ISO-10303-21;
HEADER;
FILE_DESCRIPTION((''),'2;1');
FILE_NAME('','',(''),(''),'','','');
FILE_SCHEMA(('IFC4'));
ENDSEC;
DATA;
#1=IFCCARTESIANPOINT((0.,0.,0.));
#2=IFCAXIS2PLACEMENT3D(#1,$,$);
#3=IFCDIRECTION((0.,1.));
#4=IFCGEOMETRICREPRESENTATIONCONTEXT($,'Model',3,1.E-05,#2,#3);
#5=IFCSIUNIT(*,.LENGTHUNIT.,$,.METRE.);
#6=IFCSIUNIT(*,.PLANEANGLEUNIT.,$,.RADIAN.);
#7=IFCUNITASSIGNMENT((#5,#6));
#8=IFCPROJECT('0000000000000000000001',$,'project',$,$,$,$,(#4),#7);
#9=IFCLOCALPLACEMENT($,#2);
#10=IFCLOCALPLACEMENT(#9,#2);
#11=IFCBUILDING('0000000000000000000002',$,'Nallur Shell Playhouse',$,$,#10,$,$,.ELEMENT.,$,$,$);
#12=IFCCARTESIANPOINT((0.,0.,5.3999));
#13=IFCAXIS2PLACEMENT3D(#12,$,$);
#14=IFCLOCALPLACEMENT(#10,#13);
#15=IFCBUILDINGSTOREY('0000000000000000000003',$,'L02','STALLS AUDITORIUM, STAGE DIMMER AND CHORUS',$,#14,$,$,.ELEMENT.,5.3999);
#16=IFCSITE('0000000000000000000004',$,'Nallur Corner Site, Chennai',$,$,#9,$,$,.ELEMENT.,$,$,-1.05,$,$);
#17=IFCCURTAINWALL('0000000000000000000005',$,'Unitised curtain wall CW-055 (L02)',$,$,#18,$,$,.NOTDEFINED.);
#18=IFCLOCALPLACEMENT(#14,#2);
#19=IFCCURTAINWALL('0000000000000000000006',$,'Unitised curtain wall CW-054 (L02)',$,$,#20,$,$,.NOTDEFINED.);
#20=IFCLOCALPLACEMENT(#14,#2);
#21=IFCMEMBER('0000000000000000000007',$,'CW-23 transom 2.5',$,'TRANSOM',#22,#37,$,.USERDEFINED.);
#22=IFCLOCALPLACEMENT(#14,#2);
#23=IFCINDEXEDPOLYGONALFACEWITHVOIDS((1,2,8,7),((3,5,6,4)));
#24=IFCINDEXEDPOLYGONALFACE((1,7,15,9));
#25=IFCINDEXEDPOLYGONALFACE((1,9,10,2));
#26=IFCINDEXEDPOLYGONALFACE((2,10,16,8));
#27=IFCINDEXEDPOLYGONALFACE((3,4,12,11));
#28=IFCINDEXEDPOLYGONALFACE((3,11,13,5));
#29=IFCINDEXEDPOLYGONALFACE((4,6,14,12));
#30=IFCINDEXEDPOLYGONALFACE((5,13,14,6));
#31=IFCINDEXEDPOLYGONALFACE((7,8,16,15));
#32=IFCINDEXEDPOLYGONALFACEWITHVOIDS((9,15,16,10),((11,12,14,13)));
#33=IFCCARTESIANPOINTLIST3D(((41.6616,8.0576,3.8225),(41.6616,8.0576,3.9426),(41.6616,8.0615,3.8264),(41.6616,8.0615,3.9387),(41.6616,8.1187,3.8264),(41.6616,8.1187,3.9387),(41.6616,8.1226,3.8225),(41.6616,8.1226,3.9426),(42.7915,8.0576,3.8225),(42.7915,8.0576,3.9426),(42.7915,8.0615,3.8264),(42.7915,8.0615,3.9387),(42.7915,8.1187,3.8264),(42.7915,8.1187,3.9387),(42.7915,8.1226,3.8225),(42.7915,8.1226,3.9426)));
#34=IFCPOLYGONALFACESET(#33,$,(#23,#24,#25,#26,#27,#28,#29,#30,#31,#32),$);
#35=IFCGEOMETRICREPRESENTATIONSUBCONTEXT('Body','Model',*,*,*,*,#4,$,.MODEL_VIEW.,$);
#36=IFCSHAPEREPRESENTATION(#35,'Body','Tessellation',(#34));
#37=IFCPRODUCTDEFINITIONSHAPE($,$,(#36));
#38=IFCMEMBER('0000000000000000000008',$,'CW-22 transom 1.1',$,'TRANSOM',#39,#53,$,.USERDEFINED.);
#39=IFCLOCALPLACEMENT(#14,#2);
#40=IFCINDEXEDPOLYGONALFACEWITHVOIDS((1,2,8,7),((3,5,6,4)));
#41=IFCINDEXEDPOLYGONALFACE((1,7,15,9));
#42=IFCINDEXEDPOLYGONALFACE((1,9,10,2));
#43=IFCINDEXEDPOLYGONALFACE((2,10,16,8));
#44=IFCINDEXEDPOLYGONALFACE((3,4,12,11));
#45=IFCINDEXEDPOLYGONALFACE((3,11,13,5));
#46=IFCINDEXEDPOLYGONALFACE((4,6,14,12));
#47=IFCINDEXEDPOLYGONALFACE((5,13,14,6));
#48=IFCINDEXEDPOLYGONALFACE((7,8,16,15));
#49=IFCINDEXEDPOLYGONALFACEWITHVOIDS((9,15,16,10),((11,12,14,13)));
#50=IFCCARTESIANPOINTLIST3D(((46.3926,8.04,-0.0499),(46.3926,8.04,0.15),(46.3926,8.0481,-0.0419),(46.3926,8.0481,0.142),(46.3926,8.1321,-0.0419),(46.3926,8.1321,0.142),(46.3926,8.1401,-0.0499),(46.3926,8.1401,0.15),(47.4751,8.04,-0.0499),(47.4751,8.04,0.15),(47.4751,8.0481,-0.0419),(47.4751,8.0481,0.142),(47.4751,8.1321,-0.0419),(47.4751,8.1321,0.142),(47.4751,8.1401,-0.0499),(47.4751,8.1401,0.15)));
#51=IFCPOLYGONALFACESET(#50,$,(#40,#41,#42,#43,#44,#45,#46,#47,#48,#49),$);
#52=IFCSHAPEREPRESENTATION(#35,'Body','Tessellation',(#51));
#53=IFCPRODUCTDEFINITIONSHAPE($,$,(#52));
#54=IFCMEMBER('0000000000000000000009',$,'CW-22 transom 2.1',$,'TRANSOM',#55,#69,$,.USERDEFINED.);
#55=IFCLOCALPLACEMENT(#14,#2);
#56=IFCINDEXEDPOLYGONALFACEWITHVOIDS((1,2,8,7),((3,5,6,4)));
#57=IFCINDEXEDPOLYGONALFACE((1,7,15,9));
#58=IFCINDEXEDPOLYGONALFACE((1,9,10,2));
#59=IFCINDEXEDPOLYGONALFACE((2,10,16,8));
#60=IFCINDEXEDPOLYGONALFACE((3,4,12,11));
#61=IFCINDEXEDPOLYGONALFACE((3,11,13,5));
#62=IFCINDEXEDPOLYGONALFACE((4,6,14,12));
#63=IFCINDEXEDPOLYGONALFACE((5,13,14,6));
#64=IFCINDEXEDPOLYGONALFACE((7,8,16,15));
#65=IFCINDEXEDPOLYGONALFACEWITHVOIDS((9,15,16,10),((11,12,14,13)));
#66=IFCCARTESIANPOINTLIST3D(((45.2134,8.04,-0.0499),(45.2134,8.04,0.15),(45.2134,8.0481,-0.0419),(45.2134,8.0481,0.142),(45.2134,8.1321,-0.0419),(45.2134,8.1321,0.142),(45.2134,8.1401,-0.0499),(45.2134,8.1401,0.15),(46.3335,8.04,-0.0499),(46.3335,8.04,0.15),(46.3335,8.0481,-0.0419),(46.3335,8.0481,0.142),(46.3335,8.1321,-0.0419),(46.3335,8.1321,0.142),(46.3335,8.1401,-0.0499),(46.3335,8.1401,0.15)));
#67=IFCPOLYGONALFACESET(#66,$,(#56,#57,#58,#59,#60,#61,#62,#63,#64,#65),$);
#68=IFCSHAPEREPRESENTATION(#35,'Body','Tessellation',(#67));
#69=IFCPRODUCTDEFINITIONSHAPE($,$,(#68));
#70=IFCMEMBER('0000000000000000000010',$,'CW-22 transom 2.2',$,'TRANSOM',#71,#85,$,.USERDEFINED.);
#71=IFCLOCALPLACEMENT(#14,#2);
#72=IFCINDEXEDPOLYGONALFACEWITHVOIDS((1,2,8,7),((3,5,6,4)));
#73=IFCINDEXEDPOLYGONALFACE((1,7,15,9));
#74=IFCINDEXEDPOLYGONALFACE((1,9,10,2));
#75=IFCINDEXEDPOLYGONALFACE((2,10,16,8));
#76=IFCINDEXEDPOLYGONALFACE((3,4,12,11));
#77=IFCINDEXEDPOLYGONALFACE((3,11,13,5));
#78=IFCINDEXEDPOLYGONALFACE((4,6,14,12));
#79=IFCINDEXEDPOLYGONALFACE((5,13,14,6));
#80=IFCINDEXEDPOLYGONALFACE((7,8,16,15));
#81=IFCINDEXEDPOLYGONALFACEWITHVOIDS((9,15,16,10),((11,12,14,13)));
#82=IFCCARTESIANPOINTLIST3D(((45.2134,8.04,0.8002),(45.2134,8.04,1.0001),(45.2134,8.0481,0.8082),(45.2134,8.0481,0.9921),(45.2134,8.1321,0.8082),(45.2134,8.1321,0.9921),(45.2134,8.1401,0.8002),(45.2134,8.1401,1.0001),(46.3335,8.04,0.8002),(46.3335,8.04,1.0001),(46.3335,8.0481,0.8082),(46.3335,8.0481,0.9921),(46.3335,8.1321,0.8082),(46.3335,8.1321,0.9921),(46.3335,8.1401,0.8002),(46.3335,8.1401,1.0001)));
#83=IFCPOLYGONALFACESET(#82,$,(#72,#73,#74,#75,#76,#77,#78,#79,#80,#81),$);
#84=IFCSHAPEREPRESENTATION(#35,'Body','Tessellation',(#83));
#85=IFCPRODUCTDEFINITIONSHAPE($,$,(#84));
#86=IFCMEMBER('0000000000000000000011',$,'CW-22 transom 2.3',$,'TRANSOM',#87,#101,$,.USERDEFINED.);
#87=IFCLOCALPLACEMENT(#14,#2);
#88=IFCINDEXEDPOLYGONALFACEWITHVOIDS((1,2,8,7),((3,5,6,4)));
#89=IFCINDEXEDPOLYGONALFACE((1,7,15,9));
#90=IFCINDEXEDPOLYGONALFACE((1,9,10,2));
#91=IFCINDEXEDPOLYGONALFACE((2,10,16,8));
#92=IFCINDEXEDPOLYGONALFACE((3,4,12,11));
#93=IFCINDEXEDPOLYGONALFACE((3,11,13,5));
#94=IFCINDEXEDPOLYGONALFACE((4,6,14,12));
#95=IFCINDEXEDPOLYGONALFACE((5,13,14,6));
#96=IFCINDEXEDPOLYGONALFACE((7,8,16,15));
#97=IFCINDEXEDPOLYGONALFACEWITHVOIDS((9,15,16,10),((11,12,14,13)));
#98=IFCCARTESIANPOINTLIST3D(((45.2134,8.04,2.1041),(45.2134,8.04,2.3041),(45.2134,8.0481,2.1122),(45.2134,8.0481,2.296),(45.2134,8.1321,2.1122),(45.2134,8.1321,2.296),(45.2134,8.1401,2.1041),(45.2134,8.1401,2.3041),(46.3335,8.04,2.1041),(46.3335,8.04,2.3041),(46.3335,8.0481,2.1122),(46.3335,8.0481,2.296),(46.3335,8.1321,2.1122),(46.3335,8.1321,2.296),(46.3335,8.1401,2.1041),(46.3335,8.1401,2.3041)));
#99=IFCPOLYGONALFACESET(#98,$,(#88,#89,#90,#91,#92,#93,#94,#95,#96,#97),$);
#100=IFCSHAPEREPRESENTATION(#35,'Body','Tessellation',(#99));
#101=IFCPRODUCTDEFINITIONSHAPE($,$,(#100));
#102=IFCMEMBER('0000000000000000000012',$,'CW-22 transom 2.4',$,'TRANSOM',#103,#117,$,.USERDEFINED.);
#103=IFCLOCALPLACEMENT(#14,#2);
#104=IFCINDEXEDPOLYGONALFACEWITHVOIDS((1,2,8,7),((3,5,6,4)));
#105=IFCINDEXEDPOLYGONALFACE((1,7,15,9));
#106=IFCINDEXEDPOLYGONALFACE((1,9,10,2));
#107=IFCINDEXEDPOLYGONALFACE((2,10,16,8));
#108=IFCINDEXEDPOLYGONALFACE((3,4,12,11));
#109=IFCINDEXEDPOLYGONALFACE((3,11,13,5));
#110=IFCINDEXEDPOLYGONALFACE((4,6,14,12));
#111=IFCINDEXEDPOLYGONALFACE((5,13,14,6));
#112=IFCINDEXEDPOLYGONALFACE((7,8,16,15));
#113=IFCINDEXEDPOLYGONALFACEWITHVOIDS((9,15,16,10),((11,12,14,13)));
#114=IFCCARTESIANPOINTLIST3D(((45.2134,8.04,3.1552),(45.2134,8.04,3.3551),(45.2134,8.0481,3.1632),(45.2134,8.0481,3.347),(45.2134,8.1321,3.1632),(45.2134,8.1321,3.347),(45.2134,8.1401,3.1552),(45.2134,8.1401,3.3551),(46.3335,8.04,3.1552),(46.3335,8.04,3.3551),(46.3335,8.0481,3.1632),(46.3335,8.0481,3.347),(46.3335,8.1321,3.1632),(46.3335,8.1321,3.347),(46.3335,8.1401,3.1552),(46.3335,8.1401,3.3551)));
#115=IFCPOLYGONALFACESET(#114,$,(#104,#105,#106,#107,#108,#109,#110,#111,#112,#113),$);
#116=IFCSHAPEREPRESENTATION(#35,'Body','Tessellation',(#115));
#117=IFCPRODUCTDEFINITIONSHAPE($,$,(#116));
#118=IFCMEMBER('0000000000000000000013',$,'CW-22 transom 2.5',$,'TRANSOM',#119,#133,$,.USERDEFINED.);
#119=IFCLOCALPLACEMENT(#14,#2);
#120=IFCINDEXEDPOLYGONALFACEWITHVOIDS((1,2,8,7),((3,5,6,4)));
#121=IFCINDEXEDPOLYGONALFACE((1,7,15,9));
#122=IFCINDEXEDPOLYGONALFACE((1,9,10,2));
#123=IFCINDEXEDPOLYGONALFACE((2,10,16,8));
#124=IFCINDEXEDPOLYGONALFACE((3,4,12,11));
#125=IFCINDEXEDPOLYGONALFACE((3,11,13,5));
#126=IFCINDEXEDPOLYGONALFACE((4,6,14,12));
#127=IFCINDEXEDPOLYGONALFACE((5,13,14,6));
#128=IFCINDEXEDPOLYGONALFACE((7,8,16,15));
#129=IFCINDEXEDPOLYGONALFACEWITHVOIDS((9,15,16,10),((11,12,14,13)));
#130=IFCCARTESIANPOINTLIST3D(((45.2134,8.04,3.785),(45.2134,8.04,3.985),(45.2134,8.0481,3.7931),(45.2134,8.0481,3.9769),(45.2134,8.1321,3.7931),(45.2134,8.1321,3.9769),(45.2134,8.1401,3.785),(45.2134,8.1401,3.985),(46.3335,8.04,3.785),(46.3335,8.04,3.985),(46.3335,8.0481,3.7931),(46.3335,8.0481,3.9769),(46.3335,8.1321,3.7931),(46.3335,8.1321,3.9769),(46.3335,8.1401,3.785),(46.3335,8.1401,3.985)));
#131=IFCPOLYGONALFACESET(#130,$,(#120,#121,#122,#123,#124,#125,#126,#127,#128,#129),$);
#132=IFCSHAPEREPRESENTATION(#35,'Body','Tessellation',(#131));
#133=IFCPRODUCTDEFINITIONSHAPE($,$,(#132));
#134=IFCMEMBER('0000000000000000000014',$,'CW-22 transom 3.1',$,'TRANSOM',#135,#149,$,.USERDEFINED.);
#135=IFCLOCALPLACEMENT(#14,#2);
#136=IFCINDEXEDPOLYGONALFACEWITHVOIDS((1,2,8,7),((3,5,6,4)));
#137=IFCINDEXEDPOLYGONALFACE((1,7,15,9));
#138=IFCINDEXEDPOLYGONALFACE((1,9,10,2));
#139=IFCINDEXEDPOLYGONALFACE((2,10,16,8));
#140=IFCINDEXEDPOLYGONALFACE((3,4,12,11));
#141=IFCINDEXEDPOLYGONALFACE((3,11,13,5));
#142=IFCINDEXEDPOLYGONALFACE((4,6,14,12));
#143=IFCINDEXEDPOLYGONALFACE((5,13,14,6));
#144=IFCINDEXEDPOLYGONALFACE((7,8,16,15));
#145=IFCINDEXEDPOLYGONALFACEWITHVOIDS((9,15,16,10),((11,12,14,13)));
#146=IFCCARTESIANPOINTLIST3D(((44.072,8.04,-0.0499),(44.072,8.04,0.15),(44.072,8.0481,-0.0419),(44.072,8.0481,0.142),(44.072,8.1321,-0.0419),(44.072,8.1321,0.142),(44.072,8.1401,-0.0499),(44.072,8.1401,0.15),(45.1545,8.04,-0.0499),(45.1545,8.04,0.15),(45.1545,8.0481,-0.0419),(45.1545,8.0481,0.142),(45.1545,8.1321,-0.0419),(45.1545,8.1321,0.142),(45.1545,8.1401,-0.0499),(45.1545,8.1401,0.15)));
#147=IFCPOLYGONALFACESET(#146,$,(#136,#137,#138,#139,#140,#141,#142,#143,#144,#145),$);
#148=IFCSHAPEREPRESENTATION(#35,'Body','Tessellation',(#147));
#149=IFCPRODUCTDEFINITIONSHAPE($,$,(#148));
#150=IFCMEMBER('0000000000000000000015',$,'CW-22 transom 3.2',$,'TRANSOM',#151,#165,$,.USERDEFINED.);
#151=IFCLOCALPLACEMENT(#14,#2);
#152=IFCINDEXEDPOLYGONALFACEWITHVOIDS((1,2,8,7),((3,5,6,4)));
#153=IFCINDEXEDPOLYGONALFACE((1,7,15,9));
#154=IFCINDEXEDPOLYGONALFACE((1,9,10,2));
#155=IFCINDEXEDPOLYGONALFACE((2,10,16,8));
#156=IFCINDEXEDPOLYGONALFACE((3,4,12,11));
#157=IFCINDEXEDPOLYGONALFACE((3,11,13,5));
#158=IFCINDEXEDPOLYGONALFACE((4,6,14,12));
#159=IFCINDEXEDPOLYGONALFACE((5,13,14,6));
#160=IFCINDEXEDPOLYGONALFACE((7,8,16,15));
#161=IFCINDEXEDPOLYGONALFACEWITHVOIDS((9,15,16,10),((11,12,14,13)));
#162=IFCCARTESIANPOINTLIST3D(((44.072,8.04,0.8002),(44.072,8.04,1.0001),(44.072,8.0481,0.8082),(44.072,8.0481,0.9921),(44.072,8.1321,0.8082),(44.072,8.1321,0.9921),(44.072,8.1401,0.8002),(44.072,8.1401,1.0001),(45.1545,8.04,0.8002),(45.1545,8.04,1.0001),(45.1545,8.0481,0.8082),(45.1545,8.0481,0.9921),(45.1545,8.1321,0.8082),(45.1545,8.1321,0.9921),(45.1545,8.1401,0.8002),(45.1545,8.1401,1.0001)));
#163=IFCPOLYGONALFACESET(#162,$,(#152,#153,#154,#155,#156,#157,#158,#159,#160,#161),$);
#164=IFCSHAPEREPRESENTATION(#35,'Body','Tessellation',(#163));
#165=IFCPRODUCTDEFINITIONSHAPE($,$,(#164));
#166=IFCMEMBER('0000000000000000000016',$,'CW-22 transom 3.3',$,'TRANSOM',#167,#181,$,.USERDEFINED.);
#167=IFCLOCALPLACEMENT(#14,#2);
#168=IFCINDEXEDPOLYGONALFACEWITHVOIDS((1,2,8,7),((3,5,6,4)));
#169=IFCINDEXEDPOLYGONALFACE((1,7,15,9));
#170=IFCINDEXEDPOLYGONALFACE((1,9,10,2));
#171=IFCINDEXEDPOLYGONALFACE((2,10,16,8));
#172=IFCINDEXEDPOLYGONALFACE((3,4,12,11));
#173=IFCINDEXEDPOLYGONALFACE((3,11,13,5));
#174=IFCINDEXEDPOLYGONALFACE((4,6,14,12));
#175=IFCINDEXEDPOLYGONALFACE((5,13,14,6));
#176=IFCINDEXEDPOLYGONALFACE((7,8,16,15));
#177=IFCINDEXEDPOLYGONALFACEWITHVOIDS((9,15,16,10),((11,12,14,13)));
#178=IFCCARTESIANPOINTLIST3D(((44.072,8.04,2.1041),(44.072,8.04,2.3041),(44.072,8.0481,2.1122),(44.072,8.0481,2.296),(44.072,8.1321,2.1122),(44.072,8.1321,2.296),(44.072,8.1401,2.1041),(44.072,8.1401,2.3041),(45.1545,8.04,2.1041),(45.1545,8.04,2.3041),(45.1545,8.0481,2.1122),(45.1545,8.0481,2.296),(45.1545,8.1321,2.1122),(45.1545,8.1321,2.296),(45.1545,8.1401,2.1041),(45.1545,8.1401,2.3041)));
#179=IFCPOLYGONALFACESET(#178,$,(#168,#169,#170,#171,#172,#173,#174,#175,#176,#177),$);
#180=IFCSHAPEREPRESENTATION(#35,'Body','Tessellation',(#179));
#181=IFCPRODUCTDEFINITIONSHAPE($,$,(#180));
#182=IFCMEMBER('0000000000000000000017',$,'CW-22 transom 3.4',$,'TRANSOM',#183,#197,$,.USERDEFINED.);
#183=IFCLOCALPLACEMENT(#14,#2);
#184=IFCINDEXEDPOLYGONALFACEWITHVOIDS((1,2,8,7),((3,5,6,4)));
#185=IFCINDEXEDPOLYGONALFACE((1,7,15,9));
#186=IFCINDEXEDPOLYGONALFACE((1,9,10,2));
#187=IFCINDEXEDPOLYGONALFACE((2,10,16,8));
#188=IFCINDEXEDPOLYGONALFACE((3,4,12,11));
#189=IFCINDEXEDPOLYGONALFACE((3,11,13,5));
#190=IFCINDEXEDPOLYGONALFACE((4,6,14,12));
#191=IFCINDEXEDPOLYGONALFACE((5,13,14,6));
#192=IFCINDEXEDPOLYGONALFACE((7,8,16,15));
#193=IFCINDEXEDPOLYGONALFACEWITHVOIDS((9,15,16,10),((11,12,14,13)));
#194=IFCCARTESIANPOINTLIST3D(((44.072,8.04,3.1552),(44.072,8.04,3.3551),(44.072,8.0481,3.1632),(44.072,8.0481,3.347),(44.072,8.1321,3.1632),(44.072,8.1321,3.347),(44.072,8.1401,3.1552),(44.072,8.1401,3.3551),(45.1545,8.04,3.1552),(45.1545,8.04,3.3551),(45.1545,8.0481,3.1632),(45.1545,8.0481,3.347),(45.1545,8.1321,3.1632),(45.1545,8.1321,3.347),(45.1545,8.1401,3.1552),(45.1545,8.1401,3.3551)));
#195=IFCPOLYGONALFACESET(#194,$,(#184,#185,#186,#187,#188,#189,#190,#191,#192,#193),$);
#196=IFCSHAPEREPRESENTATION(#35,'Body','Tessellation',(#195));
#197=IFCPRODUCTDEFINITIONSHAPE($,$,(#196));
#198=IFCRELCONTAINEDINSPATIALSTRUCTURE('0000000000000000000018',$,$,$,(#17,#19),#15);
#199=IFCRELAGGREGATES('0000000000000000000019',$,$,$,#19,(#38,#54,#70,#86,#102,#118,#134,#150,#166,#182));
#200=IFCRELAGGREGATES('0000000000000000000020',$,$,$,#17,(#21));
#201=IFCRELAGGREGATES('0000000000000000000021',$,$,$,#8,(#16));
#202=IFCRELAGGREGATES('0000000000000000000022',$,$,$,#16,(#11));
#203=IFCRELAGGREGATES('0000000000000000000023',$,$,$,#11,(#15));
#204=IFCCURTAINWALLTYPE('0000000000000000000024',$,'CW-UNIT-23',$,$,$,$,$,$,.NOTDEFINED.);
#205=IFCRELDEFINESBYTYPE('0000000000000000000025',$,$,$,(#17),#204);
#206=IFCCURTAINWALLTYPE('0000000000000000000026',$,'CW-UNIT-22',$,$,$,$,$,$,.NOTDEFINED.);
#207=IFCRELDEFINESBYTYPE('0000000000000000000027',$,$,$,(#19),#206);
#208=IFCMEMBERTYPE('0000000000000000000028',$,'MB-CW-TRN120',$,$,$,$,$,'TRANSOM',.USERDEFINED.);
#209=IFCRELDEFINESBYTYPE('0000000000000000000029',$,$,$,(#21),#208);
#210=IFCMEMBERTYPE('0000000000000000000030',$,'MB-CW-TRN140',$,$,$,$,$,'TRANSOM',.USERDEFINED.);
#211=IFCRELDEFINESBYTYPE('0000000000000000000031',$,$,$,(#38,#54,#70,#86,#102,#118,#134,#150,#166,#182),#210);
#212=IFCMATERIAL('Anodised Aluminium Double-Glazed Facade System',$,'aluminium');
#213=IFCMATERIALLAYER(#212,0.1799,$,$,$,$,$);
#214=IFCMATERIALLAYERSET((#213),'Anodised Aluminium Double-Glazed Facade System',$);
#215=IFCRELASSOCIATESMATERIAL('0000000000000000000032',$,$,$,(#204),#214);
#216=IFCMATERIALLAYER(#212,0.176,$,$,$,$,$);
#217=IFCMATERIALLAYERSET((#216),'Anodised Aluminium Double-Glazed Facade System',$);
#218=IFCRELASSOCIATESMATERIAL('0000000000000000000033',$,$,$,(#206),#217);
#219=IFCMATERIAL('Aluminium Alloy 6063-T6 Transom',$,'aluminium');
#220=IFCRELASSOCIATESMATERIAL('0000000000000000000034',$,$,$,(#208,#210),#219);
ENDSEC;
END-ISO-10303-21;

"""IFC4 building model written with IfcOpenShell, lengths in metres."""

from ifc_helpers import new_model, si_unit, direction, frame, origin, origin_2d, place, context, subcontext, project, spatial, hollow_rectangle, extrude, material, layer, layer_set, material_profile, profile_set, type_object, element, aggregate, save


model = new_model("IFC4")

# Units and contexts
model_context = context("Model", 3, precision=1e-05, world=origin(), true_north=direction((0.0, 1.0)))
body_context = subcontext(model_context, "Body", "Model", "MODEL_VIEW")
ifc_project = project(units=[si_unit("LENGTHUNIT", "METRE"), si_unit("PLANEANGLEUNIT", "RADIAN")], contexts=[model_context])

# Site, building, storey
site_placement = place(None, origin())
site = spatial("IfcSite", under=ifc_project, at=site_placement, Name="Nallur Corner Site, Chennai", CompositionType="ELEMENT", RefElevation=-1.05)
building_placement = place(site_placement, origin())
building = spatial("IfcBuilding", under=site, at=building_placement, Name="Nallur Shell Playhouse", CompositionType="ELEMENT")
storey_placement = place(building_placement, frame((0.0, 0.0, 5.3999)))
storey = spatial("IfcBuildingStorey", under=building, at=storey_placement, Name="L02", Description="STALLS AUDITORIUM, STAGE DIMMER AND CHORUS", CompositionType="ELEMENT", Elevation=5.3999)

# Curtain walls
ifc_material_1 = material(Name="Anodised Aluminium Double-Glazed Facade System", Category="aluminium")
ifc_layer_1 = layer(ifc_material_1, 0.1799)
ifc_layer_set_1 = layer_set([ifc_layer_1], Name="Anodised Aluminium Double-Glazed Facade System")
curtain_wall_type_1 = type_object("IfcCurtainWallType", Name="CW-UNIT-23", PredefinedType="NOTDEFINED", material=ifc_layer_set_1)
curtain_wall_1_placement = place(storey_placement, origin())
curtain_wall_1 = element("IfcCurtainWall", 1, at=curtain_wall_1_placement, inside=storey, type_object=curtain_wall_type_1, Name="Unitised curtain wall CW-055 (L02)", PredefinedType="NOTDEFINED")
ifc_layer_2 = layer(ifc_material_1, 0.176)
ifc_layer_set_2 = layer_set([ifc_layer_2], Name="Anodised Aluminium Double-Glazed Facade System")
curtain_wall_type_2 = type_object("IfcCurtainWallType", Name="CW-UNIT-22", PredefinedType="NOTDEFINED", material=ifc_layer_set_2)
curtain_wall_2_placement = place(storey_placement, origin())
curtain_wall_2 = element("IfcCurtainWall", 2, at=curtain_wall_2_placement, inside=storey, type_object=curtain_wall_type_2, Name="Unitised curtain wall CW-054 (L02)", PredefinedType="NOTDEFINED")

# Members
ifc_material_2 = material(Name="Aluminium Alloy 6063-T6 Transom", Category="aluminium")
ifc_material_profile_1 = material_profile(ifc_material_2, hollow_rectangle(XDim=0.0649, YDim=0.1201, WallThickness=0.0039, at=origin_2d()), Name="ALU 65x120x4")
ifc_profile_set_1 = profile_set([ifc_material_profile_1], Name="Aluminium Alloy 6063-T6 Transom")
member_type_1 = type_object("IfcMemberType", Name="MB-CW-TRN120", ElementType="TRANSOM", PredefinedType="USERDEFINED", material=ifc_profile_set_1)
member_1_placement = place(storey_placement, frame((42.7915, 8.0901, 3.8826), z_axis=(-1.0, 0.0, 0.0), x_axis=(0.0, -1.0, 0.0)))
member_1 = element("IfcMember", 3, at=member_1_placement, type_object=member_type_1, Name="CW-23 transom 2.5", ObjectType="TRANSOM", PredefinedType="USERDEFINED", context=body_context, shape_type="SweptSolid", body=[
    extrude(hollow_rectangle(XDim=0.0649, YDim=0.1201, WallThickness=0.0039, at=origin_2d()), origin(), (0.0, 0.0, 1.0), 1.1299),
])
ifc_material_profile_2 = material_profile(ifc_material_2, hollow_rectangle(XDim=0.1001, YDim=0.2, WallThickness=0.0081, at=origin_2d()), Name="RHS 200x100x8")
ifc_profile_set_2 = profile_set([ifc_material_profile_2], Name="Aluminium Alloy 6063-T6 Transom")
member_type_2 = type_object("IfcMemberType", Name="MB-CW-TRN140", ElementType="TRANSOM", PredefinedType="USERDEFINED", material=ifc_profile_set_2)
member_2_placement = place(storey_placement, frame((47.4751, 8.0901, 0.05), z_axis=(-1.0, 0.0, 0.0), x_axis=(0.0, -1.0, 0.0)))
member_2 = element("IfcMember", 4, at=member_2_placement, type_object=member_type_2, Name="CW-22 transom 1.1", ObjectType="TRANSOM", PredefinedType="USERDEFINED", context=body_context, shape_type="SweptSolid", body=[
    extrude(hollow_rectangle(XDim=0.1001, YDim=0.2, WallThickness=0.0081, at=origin_2d()), origin(), (0.0, 0.0, 1.0), 1.0825),
])
member_3_placement = place(storey_placement, frame((46.3335, 8.0901, 0.05), z_axis=(-1.0, 0.0, 0.0), x_axis=(0.0, -1.0, 0.0)))
member_3 = element("IfcMember", 5, at=member_3_placement, type_object=member_type_2, Name="CW-22 transom 2.1", ObjectType="TRANSOM", PredefinedType="USERDEFINED", context=body_context, shape_type="SweptSolid", body=[
    extrude(hollow_rectangle(XDim=0.1001, YDim=0.2, WallThickness=0.0081, at=origin_2d()), origin(), (0.0, 0.0, 1.0), 1.1201),
])
member_4_placement = place(storey_placement, frame((46.3335, 8.0901, 0.9001), z_axis=(-1.0, 0.0, 0.0), x_axis=(0.0, -1.0, 0.0)))
member_4 = element("IfcMember", 6, at=member_4_placement, type_object=member_type_2, Name="CW-22 transom 2.2", ObjectType="TRANSOM", PredefinedType="USERDEFINED", context=body_context, shape_type="SweptSolid", body=[
    extrude(hollow_rectangle(XDim=0.1001, YDim=0.2, WallThickness=0.0081, at=origin_2d()), origin(), (0.0, 0.0, 1.0), 1.1201),
])
member_5_placement = place(storey_placement, frame((46.3335, 8.0901, 2.2041), z_axis=(-1.0, 0.0, 0.0), x_axis=(0.0, -1.0, 0.0)))
member_5 = element("IfcMember", 7, at=member_5_placement, type_object=member_type_2, Name="CW-22 transom 2.3", ObjectType="TRANSOM", PredefinedType="USERDEFINED", context=body_context, shape_type="SweptSolid", body=[
    extrude(hollow_rectangle(XDim=0.1001, YDim=0.2, WallThickness=0.0081, at=origin_2d()), origin(), (0.0, 0.0, 1.0), 1.1201),
])
member_6_placement = place(storey_placement, frame((46.3335, 8.0901, 3.2551), z_axis=(-1.0, 0.0, 0.0), x_axis=(0.0, -1.0, 0.0)))
member_6 = element("IfcMember", 8, at=member_6_placement, type_object=member_type_2, Name="CW-22 transom 2.4", ObjectType="TRANSOM", PredefinedType="USERDEFINED", context=body_context, shape_type="SweptSolid", body=[
    extrude(hollow_rectangle(XDim=0.1001, YDim=0.2, WallThickness=0.0081, at=origin_2d()), origin(), (0.0, 0.0, 1.0), 1.1201),
])
member_7_placement = place(storey_placement, frame((46.3335, 8.0901, 3.885), z_axis=(-1.0, 0.0, 0.0), x_axis=(0.0, -1.0, 0.0)))
member_7 = element("IfcMember", 9, at=member_7_placement, type_object=member_type_2, Name="CW-22 transom 2.5", ObjectType="TRANSOM", PredefinedType="USERDEFINED", context=body_context, shape_type="SweptSolid", body=[
    extrude(hollow_rectangle(XDim=0.1001, YDim=0.2, WallThickness=0.0081, at=origin_2d()), origin(), (0.0, 0.0, 1.0), 1.1201),
])
member_8_placement = place(storey_placement, frame((45.1545, 8.0901, 0.05), z_axis=(-1.0, 0.0, 0.0), x_axis=(0.0, -1.0, 0.0)))
member_8 = element("IfcMember", 10, at=member_8_placement, type_object=member_type_2, Name="CW-22 transom 3.1", ObjectType="TRANSOM", PredefinedType="USERDEFINED", context=body_context, shape_type="SweptSolid", body=[
    extrude(hollow_rectangle(XDim=0.1001, YDim=0.2, WallThickness=0.0081, at=origin_2d()), origin(), (0.0, 0.0, 1.0), 1.0825),
])
member_9_placement = place(storey_placement, frame((45.1545, 8.0901, 0.9001), z_axis=(-1.0, 0.0, 0.0), x_axis=(0.0, -1.0, 0.0)))
member_9 = element("IfcMember", 11, at=member_9_placement, type_object=member_type_2, Name="CW-22 transom 3.2", ObjectType="TRANSOM", PredefinedType="USERDEFINED", context=body_context, shape_type="SweptSolid", body=[
    extrude(hollow_rectangle(XDim=0.1001, YDim=0.2, WallThickness=0.0081, at=origin_2d()), origin(), (0.0, 0.0, 1.0), 1.0825),
])
member_10_placement = place(storey_placement, frame((45.1545, 8.0901, 2.2041), z_axis=(-1.0, 0.0, 0.0), x_axis=(0.0, -1.0, 0.0)))
member_10 = element("IfcMember", 12, at=member_10_placement, type_object=member_type_2, Name="CW-22 transom 3.3", ObjectType="TRANSOM", PredefinedType="USERDEFINED", context=body_context, shape_type="SweptSolid", body=[
    extrude(hollow_rectangle(XDim=0.1001, YDim=0.2, WallThickness=0.0081, at=origin_2d()), origin(), (0.0, 0.0, 1.0), 1.0825),
])
member_11_placement = place(storey_placement, frame((45.1545, 8.0901, 3.2551), z_axis=(-1.0, 0.0, 0.0), x_axis=(0.0, -1.0, 0.0)))
member_11 = element("IfcMember", 13, at=member_11_placement, type_object=member_type_2, Name="CW-22 transom 3.4", ObjectType="TRANSOM", PredefinedType="USERDEFINED", context=body_context, shape_type="SweptSolid", body=[
    extrude(hollow_rectangle(XDim=0.1001, YDim=0.2, WallThickness=0.0081, at=origin_2d()), origin(), (0.0, 0.0, 1.0), 1.0825),
])

aggregate(curtain_wall_2, [member_2, member_3, member_4, member_5, member_6, member_7, member_8, member_9, member_10, member_11])
aggregate(curtain_wall_1, [member_1])

save(model, "model.ifc")
